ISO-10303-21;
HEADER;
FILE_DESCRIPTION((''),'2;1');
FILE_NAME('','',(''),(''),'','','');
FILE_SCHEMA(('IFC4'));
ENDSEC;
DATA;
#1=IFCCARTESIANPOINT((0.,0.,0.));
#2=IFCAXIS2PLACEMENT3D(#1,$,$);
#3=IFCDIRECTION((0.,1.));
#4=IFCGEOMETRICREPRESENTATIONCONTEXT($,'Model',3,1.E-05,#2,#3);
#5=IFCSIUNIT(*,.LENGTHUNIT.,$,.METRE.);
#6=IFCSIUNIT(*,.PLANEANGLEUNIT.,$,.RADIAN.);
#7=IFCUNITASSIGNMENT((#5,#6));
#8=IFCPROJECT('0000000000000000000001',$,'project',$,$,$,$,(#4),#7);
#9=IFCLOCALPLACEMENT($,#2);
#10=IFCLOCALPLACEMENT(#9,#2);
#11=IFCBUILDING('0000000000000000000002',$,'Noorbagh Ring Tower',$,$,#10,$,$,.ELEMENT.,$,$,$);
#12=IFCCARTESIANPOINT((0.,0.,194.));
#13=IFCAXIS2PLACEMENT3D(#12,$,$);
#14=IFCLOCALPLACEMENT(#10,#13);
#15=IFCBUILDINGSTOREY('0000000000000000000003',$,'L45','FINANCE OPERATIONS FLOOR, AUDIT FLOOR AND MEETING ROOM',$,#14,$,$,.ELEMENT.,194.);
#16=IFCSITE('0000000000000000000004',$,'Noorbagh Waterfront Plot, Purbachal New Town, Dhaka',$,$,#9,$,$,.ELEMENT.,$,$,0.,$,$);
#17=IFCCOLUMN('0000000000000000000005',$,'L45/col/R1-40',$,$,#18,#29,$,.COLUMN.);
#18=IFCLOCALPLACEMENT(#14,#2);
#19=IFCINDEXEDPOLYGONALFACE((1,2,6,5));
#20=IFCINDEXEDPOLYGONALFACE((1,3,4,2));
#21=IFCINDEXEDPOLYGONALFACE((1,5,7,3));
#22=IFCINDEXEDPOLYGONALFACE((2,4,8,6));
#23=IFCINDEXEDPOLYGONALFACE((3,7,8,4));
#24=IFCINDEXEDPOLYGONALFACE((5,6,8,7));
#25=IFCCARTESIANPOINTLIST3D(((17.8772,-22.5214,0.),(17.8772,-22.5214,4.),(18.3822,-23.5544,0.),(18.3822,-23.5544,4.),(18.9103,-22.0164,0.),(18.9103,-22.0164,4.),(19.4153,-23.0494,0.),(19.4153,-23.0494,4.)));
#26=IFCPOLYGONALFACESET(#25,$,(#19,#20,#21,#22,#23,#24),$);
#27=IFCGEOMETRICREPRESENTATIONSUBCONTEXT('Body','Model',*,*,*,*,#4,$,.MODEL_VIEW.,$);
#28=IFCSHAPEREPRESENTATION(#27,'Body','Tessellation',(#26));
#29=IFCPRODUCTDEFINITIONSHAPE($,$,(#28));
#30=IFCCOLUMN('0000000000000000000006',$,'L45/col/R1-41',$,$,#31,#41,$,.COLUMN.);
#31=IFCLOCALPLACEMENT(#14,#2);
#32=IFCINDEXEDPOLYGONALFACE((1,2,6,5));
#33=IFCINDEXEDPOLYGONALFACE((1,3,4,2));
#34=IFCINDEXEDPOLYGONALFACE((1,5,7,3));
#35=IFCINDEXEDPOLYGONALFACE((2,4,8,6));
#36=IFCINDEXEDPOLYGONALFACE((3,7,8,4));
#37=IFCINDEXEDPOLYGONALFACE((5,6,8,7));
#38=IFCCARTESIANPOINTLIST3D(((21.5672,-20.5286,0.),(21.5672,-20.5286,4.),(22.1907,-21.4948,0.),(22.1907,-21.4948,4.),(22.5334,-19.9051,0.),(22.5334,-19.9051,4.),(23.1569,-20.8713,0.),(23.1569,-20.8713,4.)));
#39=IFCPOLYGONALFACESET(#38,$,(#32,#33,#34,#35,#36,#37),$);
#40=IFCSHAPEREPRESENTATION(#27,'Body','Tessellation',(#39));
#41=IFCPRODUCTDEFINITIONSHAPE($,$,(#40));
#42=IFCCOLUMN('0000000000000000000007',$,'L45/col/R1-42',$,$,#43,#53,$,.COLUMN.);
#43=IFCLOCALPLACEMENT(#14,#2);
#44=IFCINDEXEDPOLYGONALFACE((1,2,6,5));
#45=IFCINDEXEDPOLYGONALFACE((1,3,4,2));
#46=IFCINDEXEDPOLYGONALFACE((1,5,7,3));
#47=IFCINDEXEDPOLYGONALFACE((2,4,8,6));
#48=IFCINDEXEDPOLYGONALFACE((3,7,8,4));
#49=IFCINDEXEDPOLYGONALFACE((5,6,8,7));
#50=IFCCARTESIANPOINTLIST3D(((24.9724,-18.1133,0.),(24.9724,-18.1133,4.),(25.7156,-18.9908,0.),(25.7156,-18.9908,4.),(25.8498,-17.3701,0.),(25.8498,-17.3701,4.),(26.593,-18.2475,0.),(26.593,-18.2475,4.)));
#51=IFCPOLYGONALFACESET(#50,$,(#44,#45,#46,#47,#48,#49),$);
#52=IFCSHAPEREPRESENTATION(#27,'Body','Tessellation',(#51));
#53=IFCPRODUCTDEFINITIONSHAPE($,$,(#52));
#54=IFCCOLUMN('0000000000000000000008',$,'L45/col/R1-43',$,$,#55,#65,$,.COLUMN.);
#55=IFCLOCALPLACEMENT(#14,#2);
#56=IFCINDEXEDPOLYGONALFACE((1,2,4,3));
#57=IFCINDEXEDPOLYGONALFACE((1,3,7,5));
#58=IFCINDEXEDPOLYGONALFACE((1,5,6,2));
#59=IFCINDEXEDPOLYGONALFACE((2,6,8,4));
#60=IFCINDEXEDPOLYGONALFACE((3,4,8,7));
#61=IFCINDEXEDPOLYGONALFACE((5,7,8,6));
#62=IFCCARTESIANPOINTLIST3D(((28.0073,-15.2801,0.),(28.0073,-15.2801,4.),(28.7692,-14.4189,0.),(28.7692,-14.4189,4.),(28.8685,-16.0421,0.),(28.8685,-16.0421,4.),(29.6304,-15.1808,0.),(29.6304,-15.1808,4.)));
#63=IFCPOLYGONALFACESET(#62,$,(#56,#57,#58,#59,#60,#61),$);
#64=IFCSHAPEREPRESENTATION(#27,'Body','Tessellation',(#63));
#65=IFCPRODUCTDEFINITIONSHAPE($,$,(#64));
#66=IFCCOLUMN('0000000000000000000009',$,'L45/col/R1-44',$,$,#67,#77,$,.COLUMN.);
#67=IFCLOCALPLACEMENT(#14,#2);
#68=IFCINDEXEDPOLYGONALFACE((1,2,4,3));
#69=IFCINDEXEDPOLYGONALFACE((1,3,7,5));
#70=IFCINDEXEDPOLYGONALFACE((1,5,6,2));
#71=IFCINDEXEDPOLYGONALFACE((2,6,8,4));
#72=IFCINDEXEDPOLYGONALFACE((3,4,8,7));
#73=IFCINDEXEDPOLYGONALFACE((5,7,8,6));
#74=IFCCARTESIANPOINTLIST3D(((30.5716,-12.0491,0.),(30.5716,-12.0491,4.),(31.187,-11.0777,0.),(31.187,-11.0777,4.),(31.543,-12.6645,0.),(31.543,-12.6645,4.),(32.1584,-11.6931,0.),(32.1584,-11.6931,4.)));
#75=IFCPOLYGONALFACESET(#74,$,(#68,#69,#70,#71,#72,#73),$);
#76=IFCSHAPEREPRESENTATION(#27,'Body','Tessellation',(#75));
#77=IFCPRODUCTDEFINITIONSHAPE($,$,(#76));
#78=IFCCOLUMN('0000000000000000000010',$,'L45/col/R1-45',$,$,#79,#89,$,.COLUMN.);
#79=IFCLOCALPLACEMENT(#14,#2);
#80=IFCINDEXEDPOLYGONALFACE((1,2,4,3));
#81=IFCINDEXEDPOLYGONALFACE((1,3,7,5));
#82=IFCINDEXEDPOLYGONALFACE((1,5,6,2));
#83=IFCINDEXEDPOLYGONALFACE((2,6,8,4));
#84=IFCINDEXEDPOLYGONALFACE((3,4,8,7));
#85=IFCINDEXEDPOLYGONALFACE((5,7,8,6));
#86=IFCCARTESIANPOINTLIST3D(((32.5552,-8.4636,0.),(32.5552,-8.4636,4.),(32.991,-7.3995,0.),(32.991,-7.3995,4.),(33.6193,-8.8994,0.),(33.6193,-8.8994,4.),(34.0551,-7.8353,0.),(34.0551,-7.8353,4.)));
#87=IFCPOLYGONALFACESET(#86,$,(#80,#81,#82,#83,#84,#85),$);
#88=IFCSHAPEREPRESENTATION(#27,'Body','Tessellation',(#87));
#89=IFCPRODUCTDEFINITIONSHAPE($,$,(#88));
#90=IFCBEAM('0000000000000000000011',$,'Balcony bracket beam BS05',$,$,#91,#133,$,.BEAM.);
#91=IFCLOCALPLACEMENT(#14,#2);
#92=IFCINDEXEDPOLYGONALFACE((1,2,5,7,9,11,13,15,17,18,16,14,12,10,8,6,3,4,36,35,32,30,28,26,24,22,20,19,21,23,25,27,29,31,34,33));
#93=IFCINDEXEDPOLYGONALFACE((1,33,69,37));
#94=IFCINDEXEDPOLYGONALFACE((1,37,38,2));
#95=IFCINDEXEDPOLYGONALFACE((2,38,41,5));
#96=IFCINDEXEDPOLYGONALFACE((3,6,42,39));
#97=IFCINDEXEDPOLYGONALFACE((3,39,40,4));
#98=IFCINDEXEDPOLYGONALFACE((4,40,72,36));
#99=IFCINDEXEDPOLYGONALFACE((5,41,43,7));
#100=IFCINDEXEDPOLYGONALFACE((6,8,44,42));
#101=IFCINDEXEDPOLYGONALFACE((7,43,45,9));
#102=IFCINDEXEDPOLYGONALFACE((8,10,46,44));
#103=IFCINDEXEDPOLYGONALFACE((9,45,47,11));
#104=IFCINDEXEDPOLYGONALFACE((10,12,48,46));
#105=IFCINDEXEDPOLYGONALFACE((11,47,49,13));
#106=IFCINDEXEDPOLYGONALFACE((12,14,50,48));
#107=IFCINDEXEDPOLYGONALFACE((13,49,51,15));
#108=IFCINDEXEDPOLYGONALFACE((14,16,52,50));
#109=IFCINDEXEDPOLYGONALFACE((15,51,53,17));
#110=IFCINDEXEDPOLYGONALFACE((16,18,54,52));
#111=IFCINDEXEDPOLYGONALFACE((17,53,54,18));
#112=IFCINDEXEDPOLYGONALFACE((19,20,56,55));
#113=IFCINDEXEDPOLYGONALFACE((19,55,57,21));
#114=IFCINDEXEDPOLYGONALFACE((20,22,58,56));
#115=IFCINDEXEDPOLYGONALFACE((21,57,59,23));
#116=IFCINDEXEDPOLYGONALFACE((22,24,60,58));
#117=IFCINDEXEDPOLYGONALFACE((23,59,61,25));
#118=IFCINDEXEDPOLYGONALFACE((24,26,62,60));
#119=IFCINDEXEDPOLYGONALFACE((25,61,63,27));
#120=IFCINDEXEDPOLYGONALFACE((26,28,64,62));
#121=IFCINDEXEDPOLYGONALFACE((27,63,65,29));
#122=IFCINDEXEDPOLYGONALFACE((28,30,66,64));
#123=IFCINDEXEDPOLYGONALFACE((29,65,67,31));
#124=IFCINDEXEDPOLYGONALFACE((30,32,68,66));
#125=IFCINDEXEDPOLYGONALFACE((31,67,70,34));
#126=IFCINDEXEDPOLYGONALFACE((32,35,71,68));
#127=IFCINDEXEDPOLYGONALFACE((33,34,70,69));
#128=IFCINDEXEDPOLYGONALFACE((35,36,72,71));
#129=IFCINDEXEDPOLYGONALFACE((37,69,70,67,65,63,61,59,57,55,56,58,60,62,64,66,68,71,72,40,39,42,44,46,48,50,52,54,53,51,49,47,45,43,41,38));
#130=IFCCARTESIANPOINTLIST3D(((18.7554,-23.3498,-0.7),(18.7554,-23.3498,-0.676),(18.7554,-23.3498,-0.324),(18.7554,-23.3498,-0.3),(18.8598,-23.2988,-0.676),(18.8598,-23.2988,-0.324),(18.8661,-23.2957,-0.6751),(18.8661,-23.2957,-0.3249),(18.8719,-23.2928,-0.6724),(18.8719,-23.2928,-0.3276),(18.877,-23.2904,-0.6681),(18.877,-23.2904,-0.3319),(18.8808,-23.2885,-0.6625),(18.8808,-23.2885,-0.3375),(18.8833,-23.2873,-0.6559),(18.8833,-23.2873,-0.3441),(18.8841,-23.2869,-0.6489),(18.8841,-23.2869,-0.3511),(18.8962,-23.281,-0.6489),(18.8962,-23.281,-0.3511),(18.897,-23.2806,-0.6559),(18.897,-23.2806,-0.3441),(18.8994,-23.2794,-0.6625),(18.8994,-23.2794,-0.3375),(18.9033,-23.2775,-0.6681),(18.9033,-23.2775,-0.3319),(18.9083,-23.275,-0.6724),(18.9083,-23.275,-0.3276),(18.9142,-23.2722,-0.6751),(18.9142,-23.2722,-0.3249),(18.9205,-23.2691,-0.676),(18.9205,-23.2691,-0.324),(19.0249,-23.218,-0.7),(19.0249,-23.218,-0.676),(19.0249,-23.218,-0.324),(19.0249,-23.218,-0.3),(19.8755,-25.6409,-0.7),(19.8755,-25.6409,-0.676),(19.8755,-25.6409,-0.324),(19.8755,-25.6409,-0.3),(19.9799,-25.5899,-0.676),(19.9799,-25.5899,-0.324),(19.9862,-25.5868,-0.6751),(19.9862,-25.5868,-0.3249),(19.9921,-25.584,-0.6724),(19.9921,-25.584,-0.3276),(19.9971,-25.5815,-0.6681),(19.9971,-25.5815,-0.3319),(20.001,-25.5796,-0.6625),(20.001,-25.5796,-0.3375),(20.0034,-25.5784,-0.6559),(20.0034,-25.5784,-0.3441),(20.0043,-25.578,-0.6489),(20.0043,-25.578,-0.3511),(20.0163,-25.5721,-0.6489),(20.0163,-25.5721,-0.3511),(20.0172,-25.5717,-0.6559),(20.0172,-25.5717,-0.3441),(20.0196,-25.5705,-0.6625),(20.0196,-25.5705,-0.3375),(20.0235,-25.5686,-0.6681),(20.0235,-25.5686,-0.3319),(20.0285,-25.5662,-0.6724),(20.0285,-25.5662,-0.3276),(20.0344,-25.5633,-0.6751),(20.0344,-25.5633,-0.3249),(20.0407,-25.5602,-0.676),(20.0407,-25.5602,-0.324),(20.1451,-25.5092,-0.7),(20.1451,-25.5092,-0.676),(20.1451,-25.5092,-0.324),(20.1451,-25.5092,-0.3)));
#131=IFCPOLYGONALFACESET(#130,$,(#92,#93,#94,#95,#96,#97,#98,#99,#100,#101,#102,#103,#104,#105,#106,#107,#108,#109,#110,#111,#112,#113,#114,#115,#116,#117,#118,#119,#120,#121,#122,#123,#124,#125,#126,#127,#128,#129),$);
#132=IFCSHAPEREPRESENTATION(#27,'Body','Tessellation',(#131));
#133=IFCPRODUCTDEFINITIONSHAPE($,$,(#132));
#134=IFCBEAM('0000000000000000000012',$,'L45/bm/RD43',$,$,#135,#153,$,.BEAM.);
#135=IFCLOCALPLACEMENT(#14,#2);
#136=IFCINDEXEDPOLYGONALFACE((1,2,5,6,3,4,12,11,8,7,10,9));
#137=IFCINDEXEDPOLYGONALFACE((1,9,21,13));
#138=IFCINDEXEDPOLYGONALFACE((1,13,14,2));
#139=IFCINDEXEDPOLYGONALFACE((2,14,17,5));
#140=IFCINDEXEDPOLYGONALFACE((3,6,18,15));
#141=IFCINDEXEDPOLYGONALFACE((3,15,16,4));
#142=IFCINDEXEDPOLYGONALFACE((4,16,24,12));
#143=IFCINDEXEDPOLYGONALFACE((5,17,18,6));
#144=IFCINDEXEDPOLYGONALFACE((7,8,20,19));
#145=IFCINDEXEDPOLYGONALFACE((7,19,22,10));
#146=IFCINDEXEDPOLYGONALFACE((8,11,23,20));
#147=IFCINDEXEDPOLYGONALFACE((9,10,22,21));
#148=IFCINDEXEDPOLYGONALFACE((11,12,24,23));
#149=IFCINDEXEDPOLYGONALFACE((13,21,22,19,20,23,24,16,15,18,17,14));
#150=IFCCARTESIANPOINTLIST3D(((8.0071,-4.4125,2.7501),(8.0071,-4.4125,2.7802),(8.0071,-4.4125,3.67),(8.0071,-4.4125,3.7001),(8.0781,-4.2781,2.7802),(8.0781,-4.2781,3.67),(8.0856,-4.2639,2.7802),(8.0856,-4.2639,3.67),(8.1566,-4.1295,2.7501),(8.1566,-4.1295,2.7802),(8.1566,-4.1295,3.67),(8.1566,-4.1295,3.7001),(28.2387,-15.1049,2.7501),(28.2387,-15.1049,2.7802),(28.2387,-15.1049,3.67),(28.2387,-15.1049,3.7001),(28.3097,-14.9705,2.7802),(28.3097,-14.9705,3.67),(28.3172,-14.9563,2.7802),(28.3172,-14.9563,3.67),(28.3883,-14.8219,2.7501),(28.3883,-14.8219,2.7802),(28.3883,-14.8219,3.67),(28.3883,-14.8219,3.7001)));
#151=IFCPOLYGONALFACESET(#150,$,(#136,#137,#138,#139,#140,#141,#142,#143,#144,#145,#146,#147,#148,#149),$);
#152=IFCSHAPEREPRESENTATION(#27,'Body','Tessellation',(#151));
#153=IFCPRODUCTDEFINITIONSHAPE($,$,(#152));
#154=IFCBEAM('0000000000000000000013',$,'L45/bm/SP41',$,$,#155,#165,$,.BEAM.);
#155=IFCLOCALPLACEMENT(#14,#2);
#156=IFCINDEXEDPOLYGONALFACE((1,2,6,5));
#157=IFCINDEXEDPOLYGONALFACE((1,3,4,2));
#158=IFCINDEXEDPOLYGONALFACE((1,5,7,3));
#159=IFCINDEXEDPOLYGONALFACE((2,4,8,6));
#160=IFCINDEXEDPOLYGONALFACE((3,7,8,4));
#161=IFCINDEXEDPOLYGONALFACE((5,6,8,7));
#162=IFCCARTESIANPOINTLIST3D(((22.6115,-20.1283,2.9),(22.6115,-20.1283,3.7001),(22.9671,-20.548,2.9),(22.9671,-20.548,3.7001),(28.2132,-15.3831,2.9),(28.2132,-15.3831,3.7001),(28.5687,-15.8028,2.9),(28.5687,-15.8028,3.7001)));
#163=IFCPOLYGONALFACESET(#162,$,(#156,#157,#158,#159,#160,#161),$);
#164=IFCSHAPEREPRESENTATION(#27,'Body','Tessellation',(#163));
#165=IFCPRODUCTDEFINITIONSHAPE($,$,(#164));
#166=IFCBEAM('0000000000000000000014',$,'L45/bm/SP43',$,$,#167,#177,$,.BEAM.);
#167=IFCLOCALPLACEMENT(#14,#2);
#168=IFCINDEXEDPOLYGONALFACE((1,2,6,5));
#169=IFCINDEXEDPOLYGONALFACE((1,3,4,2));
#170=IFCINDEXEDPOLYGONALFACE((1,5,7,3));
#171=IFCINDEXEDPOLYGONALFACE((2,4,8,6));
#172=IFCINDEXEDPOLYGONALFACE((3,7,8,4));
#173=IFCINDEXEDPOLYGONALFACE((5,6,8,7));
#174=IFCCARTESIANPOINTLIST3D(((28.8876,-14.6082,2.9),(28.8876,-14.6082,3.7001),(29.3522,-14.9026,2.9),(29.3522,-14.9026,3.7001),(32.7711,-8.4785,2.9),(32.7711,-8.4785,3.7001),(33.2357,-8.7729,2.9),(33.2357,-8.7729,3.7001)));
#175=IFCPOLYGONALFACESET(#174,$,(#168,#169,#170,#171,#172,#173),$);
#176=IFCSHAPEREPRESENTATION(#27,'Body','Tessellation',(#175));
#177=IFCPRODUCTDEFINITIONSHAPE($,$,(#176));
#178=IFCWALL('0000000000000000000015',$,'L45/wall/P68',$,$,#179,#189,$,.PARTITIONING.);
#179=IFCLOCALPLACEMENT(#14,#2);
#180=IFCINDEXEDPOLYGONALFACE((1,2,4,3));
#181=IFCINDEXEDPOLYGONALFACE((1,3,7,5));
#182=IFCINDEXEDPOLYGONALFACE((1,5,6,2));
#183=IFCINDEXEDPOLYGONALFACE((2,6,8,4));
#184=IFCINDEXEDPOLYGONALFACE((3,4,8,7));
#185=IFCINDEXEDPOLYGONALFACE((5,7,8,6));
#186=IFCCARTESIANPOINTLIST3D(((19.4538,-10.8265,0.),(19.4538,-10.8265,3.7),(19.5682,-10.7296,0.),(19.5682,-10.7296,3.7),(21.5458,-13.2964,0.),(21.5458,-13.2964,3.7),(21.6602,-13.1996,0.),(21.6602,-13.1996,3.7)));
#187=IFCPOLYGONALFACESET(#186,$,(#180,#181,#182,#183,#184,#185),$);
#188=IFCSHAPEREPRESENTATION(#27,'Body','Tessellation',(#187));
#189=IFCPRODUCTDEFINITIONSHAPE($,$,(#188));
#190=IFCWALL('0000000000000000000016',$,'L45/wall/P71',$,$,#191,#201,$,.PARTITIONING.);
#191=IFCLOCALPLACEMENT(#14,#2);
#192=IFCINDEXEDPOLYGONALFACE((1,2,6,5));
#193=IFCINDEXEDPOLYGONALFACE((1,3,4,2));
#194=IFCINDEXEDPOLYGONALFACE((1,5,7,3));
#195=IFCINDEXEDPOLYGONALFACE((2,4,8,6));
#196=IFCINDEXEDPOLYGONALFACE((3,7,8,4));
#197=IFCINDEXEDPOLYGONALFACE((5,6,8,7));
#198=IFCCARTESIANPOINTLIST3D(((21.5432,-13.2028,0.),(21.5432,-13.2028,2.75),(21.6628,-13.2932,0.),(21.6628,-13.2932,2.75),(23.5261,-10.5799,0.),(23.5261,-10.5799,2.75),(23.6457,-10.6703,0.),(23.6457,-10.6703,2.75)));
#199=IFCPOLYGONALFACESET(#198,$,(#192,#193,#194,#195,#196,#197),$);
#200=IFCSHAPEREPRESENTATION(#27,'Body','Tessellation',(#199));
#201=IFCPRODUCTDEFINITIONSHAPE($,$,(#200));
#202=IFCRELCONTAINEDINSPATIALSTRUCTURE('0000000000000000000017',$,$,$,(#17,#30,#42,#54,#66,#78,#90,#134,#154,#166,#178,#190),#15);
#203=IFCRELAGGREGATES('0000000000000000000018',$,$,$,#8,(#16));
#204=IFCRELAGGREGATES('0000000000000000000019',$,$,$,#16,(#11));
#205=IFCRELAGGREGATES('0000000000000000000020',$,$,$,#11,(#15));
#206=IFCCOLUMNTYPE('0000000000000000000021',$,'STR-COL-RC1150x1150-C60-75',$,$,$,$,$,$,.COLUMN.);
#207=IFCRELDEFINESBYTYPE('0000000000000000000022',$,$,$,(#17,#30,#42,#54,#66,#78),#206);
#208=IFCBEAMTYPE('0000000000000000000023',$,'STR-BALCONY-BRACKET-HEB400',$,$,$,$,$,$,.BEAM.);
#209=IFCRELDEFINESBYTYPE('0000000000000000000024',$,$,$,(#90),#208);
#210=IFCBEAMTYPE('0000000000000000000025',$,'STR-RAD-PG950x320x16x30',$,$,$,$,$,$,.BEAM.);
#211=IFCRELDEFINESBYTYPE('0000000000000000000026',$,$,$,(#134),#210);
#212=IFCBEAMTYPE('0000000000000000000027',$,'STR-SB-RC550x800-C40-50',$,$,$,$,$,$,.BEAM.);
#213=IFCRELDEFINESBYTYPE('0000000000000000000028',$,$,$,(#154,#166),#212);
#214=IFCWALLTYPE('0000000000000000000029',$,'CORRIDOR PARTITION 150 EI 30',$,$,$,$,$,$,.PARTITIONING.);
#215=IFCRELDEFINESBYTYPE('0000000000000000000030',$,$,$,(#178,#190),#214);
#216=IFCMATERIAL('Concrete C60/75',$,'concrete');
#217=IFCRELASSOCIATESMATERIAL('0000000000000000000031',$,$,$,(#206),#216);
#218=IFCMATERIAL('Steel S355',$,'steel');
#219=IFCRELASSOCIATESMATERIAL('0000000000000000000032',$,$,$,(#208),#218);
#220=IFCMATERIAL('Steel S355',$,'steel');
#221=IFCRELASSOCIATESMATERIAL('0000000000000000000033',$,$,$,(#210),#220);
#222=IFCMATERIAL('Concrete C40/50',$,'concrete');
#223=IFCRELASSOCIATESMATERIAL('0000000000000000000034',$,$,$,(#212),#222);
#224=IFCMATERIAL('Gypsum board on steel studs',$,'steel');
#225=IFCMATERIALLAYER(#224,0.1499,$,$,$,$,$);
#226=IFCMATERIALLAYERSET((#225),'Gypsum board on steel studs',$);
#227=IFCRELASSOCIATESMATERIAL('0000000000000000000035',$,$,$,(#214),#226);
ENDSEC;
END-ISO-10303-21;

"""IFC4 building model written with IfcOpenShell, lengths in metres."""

from ifc_helpers import new_model, si_unit, direction, frame, frame_2d, origin, origin_2d, place, context, subcontext, project, spatial, rectangle, i_section, extrude, material, layer, layer_set, material_profile, profile_set, type_object, element, save


model = new_model("IFC4")

# Units and contexts
model_context = context("Model", 3, precision=1e-05, world=origin(), true_north=direction((0.0, 1.0)))
body_context = subcontext(model_context, "Body", "Model", "MODEL_VIEW")
ifc_project = project(units=[si_unit("LENGTHUNIT", "METRE"), si_unit("PLANEANGLEUNIT", "RADIAN")], contexts=[model_context])

# Site, building, storey
site_placement = place(None, origin())
site = spatial("IfcSite", under=ifc_project, at=site_placement, Name="Noorbagh Waterfront Plot, Purbachal New Town, Dhaka", CompositionType="ELEMENT", RefElevation=0.0)
building_placement = place(site_placement, origin())
building = spatial("IfcBuilding", under=site, at=building_placement, Name="Noorbagh Ring Tower", CompositionType="ELEMENT")
storey_placement = place(building_placement, frame((0.0, 0.0, 194.0)))
storey = spatial("IfcBuildingStorey", under=building, at=storey_placement, Name="L45", Description="FINANCE OPERATIONS FLOOR, AUDIT FLOOR AND MEETING ROOM", CompositionType="ELEMENT", Elevation=194.0)

# Columns
ifc_material_1 = material(Name="Concrete C60/75", Category="concrete")
ifc_material_profile_1 = material_profile(ifc_material_1, rectangle(XDim=1.1499, YDim=1.1499, at=origin_2d()), Name="RC1150x1150")
ifc_profile_set_1 = profile_set([ifc_material_profile_1], Name="Concrete C60/75")
column_type = type_object("IfcColumnType", Name="STR-COL-RC1150x1150-C60-75", PredefinedType="COLUMN", material=ifc_profile_set_1)
for number, where, z_axis, x_axis, name in (
    (1, (18.6462, -22.7854, 0.0), (0.0, 0.0, 1.0), (0.898399, 0.43918, 0.0), "L45/col/R1-40"),
    (2, (22.3621, -20.7, 0.0), (0.0, 0.0, 1.0), (0.840248, 0.542203, 0.0), "L45/col/R1-41"),
    (3, (25.7827, -18.1804, 0.0), (0.0, 0.0, 1.0), (0.763035, 0.646357, 0.0), "L45/col/R1-42"),
    (4, (28.8188, -15.2305, 0.0), (0.0, 0.0, 1.0), (0.662636, 0.748942, 0.0), "L45/col/R1-43"),
    (5, (31.365, -11.8711, 0.0), (0.0, 0.0, 1.0), (0.53519, 0.844731, 0.0), "L45/col/R1-44"),
    (6, (33.3052, -8.1494, 0.0), (0.0, 0.0, 1.0), (0.378989, 0.925401, 0.0), "L45/col/R1-45"),
):
    element("IfcColumn", number, at=place(storey_placement, frame(where, z_axis=z_axis, x_axis=x_axis)), inside=storey, type_object=column_type, Name=name, PredefinedType="COLUMN", context=body_context, shape_type="SweptSolid", body=[
        extrude(rectangle(XDim=1.1499, YDim=1.1499, at=origin_2d()), origin(), (0.0, 0.0, 1.0), 4.0),
    ])

# Beams
ifc_material_2 = material(Name="Steel S355", Category="steel")
ifc_material_profile_2 = material_profile(ifc_material_2, i_section(OverallWidth=0.3, OverallDepth=0.3999, WebThickness=0.0134, FlangeThickness=0.0239, FilletRadius=0.0271, at=origin_2d()), Name="HEB400")
ifc_profile_set_2 = profile_set([ifc_material_profile_2], Name="Steel S355")
beam_type_1 = type_object("IfcBeamType", Name="STR-BALCONY-BRACKET-HEB400", PredefinedType="BEAM", material=ifc_profile_set_2)
beam_1_placement = place(storey_placement, frame((18.8901, -23.2839, -0.5), z_axis=(0.439231, -0.898374, 0.0), x_axis=(0.898374, 0.439231, 0.0)))
element("IfcBeam", 7, at=beam_1_placement, inside=storey, type_object=beam_type_1, Name="Balcony bracket beam BS05", PredefinedType="BEAM", context=body_context, shape_type="SweptSolid", body=[
    extrude(i_section(OverallWidth=0.3, OverallDepth=0.3999, WebThickness=0.0134, FlangeThickness=0.0239, FilletRadius=0.0271, at=origin_2d()), origin(), (0.0, 0.0, 1.0), 2.5503),
])
ifc_material_3 = material(Name="Steel S355", Category="steel")
ifc_material_profile_3 = material_profile(ifc_material_3, i_section(OverallWidth=0.3201, OverallDepth=0.95, WebThickness=0.0161, FlangeThickness=0.03, at=origin_2d()), Name="PG950x320x16x30")
ifc_profile_set_3 = profile_set([ifc_material_profile_3], Name="Steel S355")
beam_type_2 = type_object("IfcBeamType", Name="STR-RAD-PG950x320x16x30", PredefinedType="BEAM", material=ifc_profile_set_3)
beam_2_placement = place(storey_placement, frame((28.3135, -14.9634, 3.2251), z_axis=(-0.884122, 0.467256, 0.0), x_axis=(-0.467256, -0.884122, 0.0)))
element("IfcBeam", 8, at=beam_2_placement, inside=storey, type_object=beam_type_2, Name="L45/bm/RD43", PredefinedType="BEAM", context=body_context, shape_type="SweptSolid", body=[
    extrude(i_section(OverallWidth=0.3201, OverallDepth=0.95, WebThickness=0.0161, FlangeThickness=0.03, at=origin_2d()), origin(), (0.0, 0.0, 1.0), 22.8833),
])
ifc_material_4 = material(Name="Concrete C40/50", Category="concrete")
ifc_material_profile_4 = material_profile(ifc_material_4, rectangle(XDim=0.55, YDim=0.8, at=origin_2d()), Name="RC550x800")
ifc_profile_set_4 = profile_set([ifc_material_profile_4], Name="Concrete C40/50")
beam_type_3 = type_object("IfcBeamType", Name="STR-SB-RC550x800-C40-50", PredefinedType="BEAM", material=ifc_profile_set_4)
beam_3_placement = place(storey_placement, frame((22.7893, -20.3381, 3.3), z_axis=(0.763028, 0.646366, 0.0), x_axis=(-0.646366, 0.763028, 0.0)))
element("IfcBeam", 9, at=beam_3_placement, inside=storey, type_object=beam_type_3, Name="L45/bm/SP41", PredefinedType="BEAM", context=body_context, shape_type="SweptSolid", body=[
    extrude(rectangle(XDim=0.55, YDim=0.8, at=origin_2d()), origin(), (0.0, 0.0, 1.0), 7.3413),
])
beam_4_placement = place(storey_placement, frame((29.1199, -14.7554, 3.3), z_axis=(0.535194, 0.844729, 0.0), x_axis=(-0.844729, 0.535194, 0.0)))
element("IfcBeam", 10, at=beam_4_placement, inside=storey, type_object=beam_type_3, Name="L45/bm/SP43", PredefinedType="BEAM", context=body_context, shape_type="SweptSolid", body=[
    extrude(rectangle(XDim=0.55, YDim=0.8, at=origin_2d()), origin(), (0.0, 0.0, 1.0), 7.2563),
])

# Walls
ifc_material_5 = material(Name="Gypsum board on steel studs", Category="steel")
ifc_layer_1 = layer(ifc_material_5, 0.1499)
ifc_layer_set_1 = layer_set([ifc_layer_1], Name="Gypsum board on steel studs")
wall_type_1 = type_object("IfcWallType", Name="CORRIDOR PARTITION 150 EI 30", PredefinedType="PARTITIONING", material=ifc_layer_set_1)
wall_1_placement = place(storey_placement, frame((19.511, -10.7781, 0.0), z_axis=(0.0, 0.0, 1.0), x_axis=(0.646314, -0.763071, 0.0)))
element("IfcWall", 11, at=wall_1_placement, inside=storey, type_object=wall_type_1, Name="L45/wall/P68", PredefinedType="PARTITIONING", context=body_context, shape_type="SweptSolid", body=[
    extrude(rectangle(XDim=3.2368, YDim=0.1499, at=frame_2d((1.6184, 0.0))), origin(), (0.0, 0.0, 1.0), 3.7),
])
wall_2_placement = place(storey_placement, frame((21.603, -13.248, 0.0), z_axis=(0.0, 0.0, 1.0), x_axis=(0.603037, 0.797713, 0.0)))
element("IfcWall", 12, at=wall_2_placement, inside=storey, type_object=wall_type_1, Name="L45/wall/P71", PredefinedType="PARTITIONING", context=body_context, shape_type="SweptSolid", body=[
    extrude(rectangle(XDim=3.2881, YDim=0.1499, at=frame_2d((1.644, 0.0))), origin(), (0.0, 0.0, 1.0), 2.75),
])

save(model, "model.ifc")
